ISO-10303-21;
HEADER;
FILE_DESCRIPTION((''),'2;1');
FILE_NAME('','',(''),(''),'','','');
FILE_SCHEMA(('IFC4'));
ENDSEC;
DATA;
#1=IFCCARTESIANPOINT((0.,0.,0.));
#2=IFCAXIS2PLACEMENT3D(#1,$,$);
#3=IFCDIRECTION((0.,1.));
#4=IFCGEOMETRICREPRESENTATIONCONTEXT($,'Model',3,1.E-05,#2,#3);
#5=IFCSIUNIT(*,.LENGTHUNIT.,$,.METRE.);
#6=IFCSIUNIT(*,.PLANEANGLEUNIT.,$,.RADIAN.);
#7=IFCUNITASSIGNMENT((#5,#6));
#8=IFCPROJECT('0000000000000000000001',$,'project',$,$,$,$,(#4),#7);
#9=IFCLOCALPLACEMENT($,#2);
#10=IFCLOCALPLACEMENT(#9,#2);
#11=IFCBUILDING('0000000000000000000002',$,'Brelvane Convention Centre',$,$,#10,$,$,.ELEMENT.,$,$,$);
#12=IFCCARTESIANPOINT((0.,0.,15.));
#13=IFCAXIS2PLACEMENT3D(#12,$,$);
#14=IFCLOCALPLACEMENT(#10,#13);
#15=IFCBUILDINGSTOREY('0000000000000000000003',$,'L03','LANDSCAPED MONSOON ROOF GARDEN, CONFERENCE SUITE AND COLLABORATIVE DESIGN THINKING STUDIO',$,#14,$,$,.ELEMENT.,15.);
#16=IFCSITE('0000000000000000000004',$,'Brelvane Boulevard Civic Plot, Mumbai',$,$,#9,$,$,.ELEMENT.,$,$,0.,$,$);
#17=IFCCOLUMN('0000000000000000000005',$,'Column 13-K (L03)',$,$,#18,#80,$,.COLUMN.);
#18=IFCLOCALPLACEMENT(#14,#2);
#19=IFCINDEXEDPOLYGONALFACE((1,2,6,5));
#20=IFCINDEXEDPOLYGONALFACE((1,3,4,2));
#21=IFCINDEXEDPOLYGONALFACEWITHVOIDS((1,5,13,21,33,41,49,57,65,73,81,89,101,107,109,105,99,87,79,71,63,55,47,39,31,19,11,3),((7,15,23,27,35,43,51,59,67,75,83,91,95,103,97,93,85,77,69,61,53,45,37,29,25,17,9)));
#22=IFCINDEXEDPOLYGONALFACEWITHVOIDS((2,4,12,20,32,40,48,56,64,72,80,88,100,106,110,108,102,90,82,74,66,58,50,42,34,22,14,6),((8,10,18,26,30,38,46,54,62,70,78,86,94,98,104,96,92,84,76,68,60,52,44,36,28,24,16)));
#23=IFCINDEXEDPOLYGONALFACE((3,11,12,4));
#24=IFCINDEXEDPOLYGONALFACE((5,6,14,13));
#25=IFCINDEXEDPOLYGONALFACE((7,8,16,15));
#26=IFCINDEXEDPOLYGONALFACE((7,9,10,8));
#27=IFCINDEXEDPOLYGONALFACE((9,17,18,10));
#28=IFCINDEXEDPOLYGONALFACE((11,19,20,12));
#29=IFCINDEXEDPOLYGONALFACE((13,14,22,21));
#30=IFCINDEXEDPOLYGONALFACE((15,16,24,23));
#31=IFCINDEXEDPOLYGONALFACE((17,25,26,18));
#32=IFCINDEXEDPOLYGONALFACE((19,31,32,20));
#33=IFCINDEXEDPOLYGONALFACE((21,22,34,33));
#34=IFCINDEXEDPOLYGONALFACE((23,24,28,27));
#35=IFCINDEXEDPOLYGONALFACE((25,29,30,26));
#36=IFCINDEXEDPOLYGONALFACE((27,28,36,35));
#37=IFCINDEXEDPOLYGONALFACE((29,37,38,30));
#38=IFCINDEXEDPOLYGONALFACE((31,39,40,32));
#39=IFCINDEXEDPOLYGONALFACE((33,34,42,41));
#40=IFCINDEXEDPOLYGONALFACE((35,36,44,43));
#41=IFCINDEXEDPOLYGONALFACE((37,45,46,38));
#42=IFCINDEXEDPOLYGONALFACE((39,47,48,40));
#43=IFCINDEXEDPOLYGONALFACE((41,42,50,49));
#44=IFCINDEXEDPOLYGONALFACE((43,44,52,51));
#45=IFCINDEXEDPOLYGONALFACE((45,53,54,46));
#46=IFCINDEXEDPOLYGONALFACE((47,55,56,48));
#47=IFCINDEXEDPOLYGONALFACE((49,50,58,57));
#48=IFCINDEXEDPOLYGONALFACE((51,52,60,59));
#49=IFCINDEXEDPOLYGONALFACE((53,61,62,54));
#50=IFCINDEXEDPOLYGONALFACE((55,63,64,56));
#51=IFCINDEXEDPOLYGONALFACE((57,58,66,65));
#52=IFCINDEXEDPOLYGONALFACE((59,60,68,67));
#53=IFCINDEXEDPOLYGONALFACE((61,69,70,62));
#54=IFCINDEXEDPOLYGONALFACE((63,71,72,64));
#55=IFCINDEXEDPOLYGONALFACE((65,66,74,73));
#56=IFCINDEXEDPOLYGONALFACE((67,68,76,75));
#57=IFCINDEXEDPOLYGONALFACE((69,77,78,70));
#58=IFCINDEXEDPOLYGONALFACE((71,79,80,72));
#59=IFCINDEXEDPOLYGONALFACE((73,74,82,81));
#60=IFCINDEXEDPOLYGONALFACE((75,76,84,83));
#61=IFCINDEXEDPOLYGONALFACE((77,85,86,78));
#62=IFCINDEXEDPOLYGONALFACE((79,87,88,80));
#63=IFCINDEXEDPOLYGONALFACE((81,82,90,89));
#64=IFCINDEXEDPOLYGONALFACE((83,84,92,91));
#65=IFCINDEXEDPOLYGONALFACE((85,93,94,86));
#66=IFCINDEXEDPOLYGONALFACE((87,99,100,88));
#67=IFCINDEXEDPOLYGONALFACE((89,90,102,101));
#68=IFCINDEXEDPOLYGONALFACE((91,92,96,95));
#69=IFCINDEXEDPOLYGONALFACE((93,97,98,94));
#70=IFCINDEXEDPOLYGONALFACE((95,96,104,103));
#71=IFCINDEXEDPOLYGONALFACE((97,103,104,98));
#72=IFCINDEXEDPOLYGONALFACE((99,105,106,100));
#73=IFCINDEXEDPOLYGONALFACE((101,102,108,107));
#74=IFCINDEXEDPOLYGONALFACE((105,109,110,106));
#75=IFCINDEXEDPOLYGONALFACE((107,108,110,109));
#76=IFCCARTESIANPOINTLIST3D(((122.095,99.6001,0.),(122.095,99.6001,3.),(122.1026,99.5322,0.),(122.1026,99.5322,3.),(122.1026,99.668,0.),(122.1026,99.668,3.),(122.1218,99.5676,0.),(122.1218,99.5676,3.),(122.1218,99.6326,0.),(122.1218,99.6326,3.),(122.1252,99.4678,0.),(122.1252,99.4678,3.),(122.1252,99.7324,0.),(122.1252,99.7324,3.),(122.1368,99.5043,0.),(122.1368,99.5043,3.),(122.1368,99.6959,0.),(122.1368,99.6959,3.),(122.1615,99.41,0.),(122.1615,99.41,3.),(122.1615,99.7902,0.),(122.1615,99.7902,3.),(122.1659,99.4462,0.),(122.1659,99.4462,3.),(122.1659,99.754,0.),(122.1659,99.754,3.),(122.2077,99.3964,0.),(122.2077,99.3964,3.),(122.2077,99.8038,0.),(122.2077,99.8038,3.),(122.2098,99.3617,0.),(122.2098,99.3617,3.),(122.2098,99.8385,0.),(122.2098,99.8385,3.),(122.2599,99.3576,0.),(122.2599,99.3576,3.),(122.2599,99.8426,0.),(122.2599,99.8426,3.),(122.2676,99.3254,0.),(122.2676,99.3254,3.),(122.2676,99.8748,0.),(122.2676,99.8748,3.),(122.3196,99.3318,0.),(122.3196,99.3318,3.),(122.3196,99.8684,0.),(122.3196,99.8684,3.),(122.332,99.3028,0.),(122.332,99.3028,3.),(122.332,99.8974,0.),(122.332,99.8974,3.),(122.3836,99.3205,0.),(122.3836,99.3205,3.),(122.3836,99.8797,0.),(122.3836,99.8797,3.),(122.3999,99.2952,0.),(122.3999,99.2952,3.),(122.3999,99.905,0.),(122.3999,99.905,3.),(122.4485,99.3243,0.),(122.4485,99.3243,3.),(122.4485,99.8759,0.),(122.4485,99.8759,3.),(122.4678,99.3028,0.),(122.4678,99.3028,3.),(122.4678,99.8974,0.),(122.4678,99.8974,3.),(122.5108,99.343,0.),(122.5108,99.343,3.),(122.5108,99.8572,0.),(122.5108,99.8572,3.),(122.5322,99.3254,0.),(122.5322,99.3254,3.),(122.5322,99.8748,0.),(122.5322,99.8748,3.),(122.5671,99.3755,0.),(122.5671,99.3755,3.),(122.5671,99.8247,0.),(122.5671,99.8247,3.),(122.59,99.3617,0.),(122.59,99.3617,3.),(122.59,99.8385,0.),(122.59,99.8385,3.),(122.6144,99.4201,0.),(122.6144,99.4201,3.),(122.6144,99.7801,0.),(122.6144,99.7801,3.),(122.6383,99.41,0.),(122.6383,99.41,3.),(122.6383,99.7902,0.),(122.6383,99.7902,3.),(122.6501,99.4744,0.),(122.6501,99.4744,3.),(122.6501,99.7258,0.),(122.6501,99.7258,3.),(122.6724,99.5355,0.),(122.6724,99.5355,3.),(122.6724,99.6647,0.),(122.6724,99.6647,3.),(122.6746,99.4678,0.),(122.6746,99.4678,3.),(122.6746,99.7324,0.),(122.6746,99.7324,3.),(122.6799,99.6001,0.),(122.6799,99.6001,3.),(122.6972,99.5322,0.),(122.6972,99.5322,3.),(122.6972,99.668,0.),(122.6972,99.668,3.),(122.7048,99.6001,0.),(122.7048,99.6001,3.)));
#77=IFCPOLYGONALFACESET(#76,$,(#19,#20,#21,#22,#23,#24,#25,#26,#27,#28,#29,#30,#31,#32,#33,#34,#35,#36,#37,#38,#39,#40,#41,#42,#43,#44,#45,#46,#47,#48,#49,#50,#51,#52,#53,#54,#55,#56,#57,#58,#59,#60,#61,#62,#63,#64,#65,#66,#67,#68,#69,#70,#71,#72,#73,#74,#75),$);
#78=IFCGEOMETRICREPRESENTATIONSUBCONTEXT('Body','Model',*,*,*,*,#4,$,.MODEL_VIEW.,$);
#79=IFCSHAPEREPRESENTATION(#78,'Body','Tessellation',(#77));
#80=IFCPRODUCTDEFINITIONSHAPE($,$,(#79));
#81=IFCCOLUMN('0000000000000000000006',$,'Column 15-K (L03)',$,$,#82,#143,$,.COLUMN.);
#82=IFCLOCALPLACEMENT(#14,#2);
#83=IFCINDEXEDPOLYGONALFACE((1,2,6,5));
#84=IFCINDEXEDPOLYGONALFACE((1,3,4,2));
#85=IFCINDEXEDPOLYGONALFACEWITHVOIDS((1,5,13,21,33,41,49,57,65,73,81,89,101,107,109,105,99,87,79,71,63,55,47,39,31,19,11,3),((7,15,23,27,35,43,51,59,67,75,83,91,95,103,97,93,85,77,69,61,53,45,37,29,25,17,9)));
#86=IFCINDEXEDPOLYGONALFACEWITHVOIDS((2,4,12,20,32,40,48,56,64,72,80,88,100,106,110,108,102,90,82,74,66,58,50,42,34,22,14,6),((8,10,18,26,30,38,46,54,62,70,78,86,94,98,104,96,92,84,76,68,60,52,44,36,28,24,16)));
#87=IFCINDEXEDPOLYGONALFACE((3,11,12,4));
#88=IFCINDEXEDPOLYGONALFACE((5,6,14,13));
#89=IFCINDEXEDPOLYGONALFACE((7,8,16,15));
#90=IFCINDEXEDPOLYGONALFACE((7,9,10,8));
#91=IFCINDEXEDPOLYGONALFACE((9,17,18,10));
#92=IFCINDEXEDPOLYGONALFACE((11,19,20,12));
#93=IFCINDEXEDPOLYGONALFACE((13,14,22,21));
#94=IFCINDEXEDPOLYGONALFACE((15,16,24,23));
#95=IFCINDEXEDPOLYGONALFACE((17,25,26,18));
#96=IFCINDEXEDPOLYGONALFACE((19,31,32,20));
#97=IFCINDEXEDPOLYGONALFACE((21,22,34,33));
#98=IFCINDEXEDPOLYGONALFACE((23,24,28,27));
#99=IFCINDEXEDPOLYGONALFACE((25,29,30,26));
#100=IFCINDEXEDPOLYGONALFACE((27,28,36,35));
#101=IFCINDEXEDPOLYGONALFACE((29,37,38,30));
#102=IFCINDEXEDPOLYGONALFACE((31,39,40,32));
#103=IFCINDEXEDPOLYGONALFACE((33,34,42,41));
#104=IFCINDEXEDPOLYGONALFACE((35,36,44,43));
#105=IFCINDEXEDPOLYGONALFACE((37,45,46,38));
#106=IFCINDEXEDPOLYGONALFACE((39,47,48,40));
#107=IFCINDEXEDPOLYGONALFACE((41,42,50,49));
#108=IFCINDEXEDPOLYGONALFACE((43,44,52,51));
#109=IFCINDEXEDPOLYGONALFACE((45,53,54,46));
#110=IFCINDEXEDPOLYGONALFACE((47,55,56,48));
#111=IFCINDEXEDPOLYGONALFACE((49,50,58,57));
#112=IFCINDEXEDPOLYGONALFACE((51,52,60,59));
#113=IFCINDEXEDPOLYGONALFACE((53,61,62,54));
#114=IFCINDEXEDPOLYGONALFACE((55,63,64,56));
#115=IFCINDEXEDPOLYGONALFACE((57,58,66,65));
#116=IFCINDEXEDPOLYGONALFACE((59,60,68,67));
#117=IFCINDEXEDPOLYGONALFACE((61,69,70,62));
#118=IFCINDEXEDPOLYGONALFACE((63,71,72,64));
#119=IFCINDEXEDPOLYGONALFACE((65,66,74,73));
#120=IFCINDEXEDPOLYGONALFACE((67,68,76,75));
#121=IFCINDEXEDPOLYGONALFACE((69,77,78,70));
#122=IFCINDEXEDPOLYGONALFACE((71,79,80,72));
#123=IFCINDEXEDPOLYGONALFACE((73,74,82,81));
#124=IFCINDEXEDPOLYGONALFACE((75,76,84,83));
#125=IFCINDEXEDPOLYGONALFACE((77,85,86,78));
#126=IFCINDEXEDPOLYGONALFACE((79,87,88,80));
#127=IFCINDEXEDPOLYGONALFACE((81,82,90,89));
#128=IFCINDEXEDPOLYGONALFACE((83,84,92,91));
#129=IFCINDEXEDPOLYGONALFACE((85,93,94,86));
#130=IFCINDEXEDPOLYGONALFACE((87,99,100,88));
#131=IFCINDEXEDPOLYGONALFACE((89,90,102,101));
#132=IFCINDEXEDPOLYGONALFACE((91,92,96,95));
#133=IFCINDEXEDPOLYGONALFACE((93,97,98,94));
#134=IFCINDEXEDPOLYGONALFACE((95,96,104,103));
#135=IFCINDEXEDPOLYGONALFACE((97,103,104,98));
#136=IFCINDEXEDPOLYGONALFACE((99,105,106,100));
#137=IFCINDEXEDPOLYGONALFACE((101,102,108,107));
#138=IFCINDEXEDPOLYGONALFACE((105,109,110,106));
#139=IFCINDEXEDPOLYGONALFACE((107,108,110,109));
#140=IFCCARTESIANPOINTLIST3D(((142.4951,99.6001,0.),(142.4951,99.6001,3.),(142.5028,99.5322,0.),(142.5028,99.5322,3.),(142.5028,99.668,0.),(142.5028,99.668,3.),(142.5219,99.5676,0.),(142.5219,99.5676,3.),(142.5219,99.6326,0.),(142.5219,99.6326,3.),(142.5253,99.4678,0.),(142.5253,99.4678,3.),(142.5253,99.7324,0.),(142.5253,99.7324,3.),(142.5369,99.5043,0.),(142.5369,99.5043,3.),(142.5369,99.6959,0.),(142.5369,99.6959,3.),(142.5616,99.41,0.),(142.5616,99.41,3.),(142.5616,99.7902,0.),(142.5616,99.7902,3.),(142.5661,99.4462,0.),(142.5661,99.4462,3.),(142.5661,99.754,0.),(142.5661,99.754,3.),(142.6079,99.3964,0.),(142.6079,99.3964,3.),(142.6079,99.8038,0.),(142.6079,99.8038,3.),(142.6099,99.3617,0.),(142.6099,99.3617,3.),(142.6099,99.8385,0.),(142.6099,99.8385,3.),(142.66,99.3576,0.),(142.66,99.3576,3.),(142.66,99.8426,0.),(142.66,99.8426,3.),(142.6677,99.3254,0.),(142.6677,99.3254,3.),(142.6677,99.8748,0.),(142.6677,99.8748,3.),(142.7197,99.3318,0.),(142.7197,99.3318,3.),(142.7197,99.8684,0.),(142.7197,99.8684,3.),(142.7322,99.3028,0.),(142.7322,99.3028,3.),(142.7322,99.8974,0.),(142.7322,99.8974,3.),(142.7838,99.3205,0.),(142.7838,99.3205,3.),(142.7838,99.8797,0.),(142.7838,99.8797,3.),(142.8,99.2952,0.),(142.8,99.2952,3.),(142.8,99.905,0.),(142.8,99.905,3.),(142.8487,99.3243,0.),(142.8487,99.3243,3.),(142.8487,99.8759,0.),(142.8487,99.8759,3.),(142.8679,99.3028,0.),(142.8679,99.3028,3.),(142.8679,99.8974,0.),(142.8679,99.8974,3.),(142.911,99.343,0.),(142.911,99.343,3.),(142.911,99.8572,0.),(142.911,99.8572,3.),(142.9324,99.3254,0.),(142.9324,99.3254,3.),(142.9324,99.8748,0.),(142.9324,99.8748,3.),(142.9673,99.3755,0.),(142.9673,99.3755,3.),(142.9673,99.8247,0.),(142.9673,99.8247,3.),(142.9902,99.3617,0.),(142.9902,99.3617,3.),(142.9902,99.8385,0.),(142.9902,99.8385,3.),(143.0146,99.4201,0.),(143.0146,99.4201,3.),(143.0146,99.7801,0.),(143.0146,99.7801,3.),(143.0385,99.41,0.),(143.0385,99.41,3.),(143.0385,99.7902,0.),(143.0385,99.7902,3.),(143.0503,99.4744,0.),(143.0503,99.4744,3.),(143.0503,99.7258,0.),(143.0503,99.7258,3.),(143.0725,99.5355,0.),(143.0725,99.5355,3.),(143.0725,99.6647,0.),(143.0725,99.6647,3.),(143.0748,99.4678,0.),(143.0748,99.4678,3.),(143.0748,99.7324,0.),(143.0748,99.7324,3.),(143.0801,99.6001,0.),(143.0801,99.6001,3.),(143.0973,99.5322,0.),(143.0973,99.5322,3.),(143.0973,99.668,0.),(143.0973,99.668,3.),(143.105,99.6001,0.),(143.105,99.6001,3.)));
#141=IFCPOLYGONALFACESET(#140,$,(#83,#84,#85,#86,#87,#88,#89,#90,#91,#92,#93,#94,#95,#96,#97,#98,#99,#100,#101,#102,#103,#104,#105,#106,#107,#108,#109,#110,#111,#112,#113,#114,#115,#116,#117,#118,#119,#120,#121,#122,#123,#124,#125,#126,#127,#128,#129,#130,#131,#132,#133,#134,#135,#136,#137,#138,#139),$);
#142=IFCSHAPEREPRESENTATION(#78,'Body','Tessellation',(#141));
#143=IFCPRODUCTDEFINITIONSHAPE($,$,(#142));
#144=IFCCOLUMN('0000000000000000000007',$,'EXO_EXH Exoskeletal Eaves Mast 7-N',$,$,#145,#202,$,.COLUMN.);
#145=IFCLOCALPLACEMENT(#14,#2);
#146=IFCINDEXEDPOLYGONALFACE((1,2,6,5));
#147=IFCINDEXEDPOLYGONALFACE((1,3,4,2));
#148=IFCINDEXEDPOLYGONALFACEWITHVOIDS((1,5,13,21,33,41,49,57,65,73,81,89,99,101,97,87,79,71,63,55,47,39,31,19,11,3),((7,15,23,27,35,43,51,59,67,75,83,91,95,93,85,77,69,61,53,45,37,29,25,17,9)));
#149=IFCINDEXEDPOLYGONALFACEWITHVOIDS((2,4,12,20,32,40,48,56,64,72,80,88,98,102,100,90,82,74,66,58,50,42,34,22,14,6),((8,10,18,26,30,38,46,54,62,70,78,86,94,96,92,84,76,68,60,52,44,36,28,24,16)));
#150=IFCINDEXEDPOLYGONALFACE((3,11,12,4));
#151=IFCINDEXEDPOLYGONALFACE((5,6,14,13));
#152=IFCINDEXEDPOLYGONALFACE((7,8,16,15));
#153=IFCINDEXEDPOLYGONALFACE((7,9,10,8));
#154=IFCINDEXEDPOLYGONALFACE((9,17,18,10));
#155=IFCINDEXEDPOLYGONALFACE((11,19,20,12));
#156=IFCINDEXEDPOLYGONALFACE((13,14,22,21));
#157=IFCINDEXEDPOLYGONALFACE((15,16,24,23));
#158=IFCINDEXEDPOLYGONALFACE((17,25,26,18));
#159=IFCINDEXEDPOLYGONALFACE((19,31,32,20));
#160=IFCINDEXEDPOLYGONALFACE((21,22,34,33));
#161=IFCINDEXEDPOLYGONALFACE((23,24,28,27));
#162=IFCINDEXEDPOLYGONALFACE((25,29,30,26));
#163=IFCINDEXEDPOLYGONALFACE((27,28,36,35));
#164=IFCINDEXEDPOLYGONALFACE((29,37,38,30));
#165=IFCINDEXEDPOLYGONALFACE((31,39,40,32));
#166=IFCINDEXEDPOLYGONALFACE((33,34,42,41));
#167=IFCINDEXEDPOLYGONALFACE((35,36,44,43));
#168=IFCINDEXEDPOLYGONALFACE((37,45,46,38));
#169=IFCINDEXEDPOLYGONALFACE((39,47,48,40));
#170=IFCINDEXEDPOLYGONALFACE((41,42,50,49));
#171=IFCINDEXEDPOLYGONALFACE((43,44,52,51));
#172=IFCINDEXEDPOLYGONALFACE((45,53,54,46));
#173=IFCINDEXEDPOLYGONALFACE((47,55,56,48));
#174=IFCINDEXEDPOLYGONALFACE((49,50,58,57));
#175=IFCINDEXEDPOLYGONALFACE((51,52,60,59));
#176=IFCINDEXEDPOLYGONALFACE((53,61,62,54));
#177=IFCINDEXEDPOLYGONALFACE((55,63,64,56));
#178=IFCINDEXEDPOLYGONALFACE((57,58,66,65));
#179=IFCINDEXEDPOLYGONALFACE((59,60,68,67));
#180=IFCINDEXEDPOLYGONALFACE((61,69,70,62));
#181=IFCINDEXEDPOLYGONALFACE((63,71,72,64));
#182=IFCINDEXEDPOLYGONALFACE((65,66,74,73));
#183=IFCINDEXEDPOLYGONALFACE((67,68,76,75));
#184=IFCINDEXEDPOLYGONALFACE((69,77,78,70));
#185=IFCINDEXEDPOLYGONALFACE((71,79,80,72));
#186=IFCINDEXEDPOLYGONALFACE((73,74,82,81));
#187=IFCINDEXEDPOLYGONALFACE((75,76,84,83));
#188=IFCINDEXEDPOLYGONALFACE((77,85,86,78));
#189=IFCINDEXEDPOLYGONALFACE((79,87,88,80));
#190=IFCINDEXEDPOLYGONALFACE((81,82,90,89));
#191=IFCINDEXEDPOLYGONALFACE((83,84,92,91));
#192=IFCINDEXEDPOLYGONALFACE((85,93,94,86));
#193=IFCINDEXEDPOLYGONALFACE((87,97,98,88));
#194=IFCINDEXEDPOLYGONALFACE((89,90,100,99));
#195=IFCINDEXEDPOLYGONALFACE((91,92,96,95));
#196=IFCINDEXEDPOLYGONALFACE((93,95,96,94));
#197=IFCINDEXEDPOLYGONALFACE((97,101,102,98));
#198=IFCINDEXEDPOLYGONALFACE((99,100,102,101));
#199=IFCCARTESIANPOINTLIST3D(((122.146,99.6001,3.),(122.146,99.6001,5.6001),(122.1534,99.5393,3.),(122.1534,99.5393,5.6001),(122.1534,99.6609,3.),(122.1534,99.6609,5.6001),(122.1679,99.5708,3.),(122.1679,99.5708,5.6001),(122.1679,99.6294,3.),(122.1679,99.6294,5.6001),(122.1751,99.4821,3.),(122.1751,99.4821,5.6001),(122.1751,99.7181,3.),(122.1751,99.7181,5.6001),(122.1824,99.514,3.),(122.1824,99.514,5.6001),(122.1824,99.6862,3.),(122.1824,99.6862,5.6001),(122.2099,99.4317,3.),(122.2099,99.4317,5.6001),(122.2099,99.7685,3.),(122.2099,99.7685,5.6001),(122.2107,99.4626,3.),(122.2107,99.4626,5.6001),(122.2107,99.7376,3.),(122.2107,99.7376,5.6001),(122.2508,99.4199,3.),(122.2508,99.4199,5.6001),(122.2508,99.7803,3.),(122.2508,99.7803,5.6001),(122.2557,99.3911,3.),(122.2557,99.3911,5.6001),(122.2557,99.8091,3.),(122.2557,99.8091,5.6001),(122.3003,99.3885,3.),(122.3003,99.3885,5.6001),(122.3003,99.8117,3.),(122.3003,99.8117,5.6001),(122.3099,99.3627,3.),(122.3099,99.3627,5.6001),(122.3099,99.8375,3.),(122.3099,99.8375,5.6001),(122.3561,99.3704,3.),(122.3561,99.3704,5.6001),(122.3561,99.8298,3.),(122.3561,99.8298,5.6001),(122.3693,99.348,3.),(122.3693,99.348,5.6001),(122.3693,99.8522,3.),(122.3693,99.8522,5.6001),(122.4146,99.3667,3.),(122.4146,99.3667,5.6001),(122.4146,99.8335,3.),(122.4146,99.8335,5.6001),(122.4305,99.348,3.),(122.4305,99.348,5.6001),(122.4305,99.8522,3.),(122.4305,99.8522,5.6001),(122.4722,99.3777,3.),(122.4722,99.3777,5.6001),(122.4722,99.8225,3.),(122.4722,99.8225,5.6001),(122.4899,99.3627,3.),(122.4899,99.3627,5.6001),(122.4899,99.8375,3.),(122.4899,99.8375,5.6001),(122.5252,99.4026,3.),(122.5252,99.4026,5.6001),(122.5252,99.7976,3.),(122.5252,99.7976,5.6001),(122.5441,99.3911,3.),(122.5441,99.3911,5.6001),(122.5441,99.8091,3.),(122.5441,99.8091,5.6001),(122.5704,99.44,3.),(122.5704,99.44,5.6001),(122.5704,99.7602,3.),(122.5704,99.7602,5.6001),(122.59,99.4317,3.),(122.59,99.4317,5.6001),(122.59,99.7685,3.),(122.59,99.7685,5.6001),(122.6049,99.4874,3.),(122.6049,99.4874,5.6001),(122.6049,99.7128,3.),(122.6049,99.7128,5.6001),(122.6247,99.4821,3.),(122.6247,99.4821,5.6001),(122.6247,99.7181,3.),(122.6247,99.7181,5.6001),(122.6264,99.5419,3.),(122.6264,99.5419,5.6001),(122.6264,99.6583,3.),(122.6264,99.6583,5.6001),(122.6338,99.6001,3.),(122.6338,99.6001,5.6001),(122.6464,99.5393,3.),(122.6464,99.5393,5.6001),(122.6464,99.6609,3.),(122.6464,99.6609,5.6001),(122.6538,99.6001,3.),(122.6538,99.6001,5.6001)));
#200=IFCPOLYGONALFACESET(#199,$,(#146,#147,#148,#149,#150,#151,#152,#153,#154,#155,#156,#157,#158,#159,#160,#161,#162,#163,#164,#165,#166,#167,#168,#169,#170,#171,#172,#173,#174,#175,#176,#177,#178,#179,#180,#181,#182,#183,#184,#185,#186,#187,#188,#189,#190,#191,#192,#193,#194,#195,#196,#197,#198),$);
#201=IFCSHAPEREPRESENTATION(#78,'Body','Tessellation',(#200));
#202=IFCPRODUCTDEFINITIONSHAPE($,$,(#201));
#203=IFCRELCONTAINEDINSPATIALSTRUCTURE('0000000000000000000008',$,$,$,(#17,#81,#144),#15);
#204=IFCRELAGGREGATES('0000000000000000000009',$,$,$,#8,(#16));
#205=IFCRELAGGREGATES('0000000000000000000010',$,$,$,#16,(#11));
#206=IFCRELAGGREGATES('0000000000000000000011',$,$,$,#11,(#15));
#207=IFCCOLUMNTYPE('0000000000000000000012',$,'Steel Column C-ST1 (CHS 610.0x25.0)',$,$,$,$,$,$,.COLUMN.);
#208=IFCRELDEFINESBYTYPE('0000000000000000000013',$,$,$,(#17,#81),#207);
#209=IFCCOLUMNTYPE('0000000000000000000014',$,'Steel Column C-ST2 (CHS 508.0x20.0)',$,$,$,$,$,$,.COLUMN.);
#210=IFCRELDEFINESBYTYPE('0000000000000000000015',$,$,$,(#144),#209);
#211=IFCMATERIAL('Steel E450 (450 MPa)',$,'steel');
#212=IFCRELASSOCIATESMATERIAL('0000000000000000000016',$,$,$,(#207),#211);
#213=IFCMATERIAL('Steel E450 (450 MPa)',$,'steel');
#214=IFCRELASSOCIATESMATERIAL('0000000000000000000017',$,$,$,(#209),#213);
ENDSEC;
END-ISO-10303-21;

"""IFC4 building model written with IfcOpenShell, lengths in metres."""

from ifc_helpers import new_model, si_unit, direction, frame, origin, origin_2d, place, context, subcontext, project, spatial, hollow_circle, extrude, material, material_profile, profile_set, type_object, element, save


model = new_model("IFC4")

# Units and contexts
model_context = context("Model", 3, precision=1e-05, world=origin(), true_north=direction((0.0, 1.0)))
body_context = subcontext(model_context, "Body", "Model", "MODEL_VIEW")
ifc_project = project(units=[si_unit("LENGTHUNIT", "METRE"), si_unit("PLANEANGLEUNIT", "RADIAN")], contexts=[model_context])

# Site, building, storey
site_placement = place(None, origin())
site = spatial("IfcSite", under=ifc_project, at=site_placement, Name="Brelvane Boulevard Civic Plot, Mumbai", CompositionType="ELEMENT", RefElevation=0.0)
building_placement = place(site_placement, origin())
building = spatial("IfcBuilding", under=site, at=building_placement, Name="Brelvane Convention Centre", CompositionType="ELEMENT")
storey_placement = place(building_placement, frame((0.0, 0.0, 15.0)))
storey = spatial("IfcBuildingStorey", under=building, at=storey_placement, Name="L03", Description="LANDSCAPED MONSOON ROOF GARDEN, CONFERENCE SUITE AND COLLABORATIVE DESIGN THINKING STUDIO", CompositionType="ELEMENT", Elevation=15.0)

# Columns
ifc_material_1 = material(Name="Steel E450 (450 MPa)", Category="steel")
ifc_material_profile_1 = material_profile(ifc_material_1, hollow_circle(Radius=0.3049, WallThickness=0.0249, at=origin_2d()), Name="CHS 610.0x25.0")
ifc_profile_set_1 = profile_set([ifc_material_profile_1], Name="Steel E450 (450 MPa)")
column_type_1 = type_object("IfcColumnType", Name="Steel Column C-ST1 (CHS 610.0x25.0)", PredefinedType="COLUMN", material=ifc_profile_set_1)
for number, where, z_axis, x_axis, name in (
    (1, (122.3999, 99.6001, 0.0), (0.0, 0.0, 1.0), (1.0, 0.0, 0.0), "Column 13-K (L03)"),
    (2, (142.8, 99.6001, 0.0), (0.0, 0.0, 1.0), (1.0, 0.0, 0.0), "Column 15-K (L03)"),
):
    element("IfcColumn", number, at=place(storey_placement, frame(where, z_axis=z_axis, x_axis=x_axis)), inside=storey, type_object=column_type_1, Name=name, PredefinedType="COLUMN", context=body_context, shape_type="SweptSolid", body=[
        extrude(hollow_circle(Radius=0.3049, WallThickness=0.0249, at=origin_2d()), origin(), (0.0, 0.0, 1.0), 3.0),
    ])
ifc_material_2 = material(Name="Steel E450 (450 MPa)", Category="steel")
ifc_material_profile_2 = material_profile(ifc_material_2, hollow_circle(Radius=0.2539, WallThickness=0.02, at=origin_2d()), Name="CHS 508.0x20.0")
ifc_profile_set_2 = profile_set([ifc_material_profile_2], Name="Steel E450 (450 MPa)")
column_type_2 = type_object("IfcColumnType", Name="Steel Column C-ST2 (CHS 508.0x20.0)", PredefinedType="COLUMN", material=ifc_profile_set_2)
column_placement = place(storey_placement, frame((122.3999, 99.6001, 3.0), z_axis=(0.0, 0.0, 1.0), x_axis=(1.0, 0.0, 0.0)))
element("IfcColumn", 3, at=column_placement, inside=storey, type_object=column_type_2, Name="EXO_EXH Exoskeletal Eaves Mast 7-N", PredefinedType="COLUMN", context=body_context, shape_type="SweptSolid", body=[
    extrude(hollow_circle(Radius=0.2539, WallThickness=0.02, at=origin_2d()), origin(), (0.0, 0.0, 1.0), 2.6001),
])

save(model, "model.ifc")
